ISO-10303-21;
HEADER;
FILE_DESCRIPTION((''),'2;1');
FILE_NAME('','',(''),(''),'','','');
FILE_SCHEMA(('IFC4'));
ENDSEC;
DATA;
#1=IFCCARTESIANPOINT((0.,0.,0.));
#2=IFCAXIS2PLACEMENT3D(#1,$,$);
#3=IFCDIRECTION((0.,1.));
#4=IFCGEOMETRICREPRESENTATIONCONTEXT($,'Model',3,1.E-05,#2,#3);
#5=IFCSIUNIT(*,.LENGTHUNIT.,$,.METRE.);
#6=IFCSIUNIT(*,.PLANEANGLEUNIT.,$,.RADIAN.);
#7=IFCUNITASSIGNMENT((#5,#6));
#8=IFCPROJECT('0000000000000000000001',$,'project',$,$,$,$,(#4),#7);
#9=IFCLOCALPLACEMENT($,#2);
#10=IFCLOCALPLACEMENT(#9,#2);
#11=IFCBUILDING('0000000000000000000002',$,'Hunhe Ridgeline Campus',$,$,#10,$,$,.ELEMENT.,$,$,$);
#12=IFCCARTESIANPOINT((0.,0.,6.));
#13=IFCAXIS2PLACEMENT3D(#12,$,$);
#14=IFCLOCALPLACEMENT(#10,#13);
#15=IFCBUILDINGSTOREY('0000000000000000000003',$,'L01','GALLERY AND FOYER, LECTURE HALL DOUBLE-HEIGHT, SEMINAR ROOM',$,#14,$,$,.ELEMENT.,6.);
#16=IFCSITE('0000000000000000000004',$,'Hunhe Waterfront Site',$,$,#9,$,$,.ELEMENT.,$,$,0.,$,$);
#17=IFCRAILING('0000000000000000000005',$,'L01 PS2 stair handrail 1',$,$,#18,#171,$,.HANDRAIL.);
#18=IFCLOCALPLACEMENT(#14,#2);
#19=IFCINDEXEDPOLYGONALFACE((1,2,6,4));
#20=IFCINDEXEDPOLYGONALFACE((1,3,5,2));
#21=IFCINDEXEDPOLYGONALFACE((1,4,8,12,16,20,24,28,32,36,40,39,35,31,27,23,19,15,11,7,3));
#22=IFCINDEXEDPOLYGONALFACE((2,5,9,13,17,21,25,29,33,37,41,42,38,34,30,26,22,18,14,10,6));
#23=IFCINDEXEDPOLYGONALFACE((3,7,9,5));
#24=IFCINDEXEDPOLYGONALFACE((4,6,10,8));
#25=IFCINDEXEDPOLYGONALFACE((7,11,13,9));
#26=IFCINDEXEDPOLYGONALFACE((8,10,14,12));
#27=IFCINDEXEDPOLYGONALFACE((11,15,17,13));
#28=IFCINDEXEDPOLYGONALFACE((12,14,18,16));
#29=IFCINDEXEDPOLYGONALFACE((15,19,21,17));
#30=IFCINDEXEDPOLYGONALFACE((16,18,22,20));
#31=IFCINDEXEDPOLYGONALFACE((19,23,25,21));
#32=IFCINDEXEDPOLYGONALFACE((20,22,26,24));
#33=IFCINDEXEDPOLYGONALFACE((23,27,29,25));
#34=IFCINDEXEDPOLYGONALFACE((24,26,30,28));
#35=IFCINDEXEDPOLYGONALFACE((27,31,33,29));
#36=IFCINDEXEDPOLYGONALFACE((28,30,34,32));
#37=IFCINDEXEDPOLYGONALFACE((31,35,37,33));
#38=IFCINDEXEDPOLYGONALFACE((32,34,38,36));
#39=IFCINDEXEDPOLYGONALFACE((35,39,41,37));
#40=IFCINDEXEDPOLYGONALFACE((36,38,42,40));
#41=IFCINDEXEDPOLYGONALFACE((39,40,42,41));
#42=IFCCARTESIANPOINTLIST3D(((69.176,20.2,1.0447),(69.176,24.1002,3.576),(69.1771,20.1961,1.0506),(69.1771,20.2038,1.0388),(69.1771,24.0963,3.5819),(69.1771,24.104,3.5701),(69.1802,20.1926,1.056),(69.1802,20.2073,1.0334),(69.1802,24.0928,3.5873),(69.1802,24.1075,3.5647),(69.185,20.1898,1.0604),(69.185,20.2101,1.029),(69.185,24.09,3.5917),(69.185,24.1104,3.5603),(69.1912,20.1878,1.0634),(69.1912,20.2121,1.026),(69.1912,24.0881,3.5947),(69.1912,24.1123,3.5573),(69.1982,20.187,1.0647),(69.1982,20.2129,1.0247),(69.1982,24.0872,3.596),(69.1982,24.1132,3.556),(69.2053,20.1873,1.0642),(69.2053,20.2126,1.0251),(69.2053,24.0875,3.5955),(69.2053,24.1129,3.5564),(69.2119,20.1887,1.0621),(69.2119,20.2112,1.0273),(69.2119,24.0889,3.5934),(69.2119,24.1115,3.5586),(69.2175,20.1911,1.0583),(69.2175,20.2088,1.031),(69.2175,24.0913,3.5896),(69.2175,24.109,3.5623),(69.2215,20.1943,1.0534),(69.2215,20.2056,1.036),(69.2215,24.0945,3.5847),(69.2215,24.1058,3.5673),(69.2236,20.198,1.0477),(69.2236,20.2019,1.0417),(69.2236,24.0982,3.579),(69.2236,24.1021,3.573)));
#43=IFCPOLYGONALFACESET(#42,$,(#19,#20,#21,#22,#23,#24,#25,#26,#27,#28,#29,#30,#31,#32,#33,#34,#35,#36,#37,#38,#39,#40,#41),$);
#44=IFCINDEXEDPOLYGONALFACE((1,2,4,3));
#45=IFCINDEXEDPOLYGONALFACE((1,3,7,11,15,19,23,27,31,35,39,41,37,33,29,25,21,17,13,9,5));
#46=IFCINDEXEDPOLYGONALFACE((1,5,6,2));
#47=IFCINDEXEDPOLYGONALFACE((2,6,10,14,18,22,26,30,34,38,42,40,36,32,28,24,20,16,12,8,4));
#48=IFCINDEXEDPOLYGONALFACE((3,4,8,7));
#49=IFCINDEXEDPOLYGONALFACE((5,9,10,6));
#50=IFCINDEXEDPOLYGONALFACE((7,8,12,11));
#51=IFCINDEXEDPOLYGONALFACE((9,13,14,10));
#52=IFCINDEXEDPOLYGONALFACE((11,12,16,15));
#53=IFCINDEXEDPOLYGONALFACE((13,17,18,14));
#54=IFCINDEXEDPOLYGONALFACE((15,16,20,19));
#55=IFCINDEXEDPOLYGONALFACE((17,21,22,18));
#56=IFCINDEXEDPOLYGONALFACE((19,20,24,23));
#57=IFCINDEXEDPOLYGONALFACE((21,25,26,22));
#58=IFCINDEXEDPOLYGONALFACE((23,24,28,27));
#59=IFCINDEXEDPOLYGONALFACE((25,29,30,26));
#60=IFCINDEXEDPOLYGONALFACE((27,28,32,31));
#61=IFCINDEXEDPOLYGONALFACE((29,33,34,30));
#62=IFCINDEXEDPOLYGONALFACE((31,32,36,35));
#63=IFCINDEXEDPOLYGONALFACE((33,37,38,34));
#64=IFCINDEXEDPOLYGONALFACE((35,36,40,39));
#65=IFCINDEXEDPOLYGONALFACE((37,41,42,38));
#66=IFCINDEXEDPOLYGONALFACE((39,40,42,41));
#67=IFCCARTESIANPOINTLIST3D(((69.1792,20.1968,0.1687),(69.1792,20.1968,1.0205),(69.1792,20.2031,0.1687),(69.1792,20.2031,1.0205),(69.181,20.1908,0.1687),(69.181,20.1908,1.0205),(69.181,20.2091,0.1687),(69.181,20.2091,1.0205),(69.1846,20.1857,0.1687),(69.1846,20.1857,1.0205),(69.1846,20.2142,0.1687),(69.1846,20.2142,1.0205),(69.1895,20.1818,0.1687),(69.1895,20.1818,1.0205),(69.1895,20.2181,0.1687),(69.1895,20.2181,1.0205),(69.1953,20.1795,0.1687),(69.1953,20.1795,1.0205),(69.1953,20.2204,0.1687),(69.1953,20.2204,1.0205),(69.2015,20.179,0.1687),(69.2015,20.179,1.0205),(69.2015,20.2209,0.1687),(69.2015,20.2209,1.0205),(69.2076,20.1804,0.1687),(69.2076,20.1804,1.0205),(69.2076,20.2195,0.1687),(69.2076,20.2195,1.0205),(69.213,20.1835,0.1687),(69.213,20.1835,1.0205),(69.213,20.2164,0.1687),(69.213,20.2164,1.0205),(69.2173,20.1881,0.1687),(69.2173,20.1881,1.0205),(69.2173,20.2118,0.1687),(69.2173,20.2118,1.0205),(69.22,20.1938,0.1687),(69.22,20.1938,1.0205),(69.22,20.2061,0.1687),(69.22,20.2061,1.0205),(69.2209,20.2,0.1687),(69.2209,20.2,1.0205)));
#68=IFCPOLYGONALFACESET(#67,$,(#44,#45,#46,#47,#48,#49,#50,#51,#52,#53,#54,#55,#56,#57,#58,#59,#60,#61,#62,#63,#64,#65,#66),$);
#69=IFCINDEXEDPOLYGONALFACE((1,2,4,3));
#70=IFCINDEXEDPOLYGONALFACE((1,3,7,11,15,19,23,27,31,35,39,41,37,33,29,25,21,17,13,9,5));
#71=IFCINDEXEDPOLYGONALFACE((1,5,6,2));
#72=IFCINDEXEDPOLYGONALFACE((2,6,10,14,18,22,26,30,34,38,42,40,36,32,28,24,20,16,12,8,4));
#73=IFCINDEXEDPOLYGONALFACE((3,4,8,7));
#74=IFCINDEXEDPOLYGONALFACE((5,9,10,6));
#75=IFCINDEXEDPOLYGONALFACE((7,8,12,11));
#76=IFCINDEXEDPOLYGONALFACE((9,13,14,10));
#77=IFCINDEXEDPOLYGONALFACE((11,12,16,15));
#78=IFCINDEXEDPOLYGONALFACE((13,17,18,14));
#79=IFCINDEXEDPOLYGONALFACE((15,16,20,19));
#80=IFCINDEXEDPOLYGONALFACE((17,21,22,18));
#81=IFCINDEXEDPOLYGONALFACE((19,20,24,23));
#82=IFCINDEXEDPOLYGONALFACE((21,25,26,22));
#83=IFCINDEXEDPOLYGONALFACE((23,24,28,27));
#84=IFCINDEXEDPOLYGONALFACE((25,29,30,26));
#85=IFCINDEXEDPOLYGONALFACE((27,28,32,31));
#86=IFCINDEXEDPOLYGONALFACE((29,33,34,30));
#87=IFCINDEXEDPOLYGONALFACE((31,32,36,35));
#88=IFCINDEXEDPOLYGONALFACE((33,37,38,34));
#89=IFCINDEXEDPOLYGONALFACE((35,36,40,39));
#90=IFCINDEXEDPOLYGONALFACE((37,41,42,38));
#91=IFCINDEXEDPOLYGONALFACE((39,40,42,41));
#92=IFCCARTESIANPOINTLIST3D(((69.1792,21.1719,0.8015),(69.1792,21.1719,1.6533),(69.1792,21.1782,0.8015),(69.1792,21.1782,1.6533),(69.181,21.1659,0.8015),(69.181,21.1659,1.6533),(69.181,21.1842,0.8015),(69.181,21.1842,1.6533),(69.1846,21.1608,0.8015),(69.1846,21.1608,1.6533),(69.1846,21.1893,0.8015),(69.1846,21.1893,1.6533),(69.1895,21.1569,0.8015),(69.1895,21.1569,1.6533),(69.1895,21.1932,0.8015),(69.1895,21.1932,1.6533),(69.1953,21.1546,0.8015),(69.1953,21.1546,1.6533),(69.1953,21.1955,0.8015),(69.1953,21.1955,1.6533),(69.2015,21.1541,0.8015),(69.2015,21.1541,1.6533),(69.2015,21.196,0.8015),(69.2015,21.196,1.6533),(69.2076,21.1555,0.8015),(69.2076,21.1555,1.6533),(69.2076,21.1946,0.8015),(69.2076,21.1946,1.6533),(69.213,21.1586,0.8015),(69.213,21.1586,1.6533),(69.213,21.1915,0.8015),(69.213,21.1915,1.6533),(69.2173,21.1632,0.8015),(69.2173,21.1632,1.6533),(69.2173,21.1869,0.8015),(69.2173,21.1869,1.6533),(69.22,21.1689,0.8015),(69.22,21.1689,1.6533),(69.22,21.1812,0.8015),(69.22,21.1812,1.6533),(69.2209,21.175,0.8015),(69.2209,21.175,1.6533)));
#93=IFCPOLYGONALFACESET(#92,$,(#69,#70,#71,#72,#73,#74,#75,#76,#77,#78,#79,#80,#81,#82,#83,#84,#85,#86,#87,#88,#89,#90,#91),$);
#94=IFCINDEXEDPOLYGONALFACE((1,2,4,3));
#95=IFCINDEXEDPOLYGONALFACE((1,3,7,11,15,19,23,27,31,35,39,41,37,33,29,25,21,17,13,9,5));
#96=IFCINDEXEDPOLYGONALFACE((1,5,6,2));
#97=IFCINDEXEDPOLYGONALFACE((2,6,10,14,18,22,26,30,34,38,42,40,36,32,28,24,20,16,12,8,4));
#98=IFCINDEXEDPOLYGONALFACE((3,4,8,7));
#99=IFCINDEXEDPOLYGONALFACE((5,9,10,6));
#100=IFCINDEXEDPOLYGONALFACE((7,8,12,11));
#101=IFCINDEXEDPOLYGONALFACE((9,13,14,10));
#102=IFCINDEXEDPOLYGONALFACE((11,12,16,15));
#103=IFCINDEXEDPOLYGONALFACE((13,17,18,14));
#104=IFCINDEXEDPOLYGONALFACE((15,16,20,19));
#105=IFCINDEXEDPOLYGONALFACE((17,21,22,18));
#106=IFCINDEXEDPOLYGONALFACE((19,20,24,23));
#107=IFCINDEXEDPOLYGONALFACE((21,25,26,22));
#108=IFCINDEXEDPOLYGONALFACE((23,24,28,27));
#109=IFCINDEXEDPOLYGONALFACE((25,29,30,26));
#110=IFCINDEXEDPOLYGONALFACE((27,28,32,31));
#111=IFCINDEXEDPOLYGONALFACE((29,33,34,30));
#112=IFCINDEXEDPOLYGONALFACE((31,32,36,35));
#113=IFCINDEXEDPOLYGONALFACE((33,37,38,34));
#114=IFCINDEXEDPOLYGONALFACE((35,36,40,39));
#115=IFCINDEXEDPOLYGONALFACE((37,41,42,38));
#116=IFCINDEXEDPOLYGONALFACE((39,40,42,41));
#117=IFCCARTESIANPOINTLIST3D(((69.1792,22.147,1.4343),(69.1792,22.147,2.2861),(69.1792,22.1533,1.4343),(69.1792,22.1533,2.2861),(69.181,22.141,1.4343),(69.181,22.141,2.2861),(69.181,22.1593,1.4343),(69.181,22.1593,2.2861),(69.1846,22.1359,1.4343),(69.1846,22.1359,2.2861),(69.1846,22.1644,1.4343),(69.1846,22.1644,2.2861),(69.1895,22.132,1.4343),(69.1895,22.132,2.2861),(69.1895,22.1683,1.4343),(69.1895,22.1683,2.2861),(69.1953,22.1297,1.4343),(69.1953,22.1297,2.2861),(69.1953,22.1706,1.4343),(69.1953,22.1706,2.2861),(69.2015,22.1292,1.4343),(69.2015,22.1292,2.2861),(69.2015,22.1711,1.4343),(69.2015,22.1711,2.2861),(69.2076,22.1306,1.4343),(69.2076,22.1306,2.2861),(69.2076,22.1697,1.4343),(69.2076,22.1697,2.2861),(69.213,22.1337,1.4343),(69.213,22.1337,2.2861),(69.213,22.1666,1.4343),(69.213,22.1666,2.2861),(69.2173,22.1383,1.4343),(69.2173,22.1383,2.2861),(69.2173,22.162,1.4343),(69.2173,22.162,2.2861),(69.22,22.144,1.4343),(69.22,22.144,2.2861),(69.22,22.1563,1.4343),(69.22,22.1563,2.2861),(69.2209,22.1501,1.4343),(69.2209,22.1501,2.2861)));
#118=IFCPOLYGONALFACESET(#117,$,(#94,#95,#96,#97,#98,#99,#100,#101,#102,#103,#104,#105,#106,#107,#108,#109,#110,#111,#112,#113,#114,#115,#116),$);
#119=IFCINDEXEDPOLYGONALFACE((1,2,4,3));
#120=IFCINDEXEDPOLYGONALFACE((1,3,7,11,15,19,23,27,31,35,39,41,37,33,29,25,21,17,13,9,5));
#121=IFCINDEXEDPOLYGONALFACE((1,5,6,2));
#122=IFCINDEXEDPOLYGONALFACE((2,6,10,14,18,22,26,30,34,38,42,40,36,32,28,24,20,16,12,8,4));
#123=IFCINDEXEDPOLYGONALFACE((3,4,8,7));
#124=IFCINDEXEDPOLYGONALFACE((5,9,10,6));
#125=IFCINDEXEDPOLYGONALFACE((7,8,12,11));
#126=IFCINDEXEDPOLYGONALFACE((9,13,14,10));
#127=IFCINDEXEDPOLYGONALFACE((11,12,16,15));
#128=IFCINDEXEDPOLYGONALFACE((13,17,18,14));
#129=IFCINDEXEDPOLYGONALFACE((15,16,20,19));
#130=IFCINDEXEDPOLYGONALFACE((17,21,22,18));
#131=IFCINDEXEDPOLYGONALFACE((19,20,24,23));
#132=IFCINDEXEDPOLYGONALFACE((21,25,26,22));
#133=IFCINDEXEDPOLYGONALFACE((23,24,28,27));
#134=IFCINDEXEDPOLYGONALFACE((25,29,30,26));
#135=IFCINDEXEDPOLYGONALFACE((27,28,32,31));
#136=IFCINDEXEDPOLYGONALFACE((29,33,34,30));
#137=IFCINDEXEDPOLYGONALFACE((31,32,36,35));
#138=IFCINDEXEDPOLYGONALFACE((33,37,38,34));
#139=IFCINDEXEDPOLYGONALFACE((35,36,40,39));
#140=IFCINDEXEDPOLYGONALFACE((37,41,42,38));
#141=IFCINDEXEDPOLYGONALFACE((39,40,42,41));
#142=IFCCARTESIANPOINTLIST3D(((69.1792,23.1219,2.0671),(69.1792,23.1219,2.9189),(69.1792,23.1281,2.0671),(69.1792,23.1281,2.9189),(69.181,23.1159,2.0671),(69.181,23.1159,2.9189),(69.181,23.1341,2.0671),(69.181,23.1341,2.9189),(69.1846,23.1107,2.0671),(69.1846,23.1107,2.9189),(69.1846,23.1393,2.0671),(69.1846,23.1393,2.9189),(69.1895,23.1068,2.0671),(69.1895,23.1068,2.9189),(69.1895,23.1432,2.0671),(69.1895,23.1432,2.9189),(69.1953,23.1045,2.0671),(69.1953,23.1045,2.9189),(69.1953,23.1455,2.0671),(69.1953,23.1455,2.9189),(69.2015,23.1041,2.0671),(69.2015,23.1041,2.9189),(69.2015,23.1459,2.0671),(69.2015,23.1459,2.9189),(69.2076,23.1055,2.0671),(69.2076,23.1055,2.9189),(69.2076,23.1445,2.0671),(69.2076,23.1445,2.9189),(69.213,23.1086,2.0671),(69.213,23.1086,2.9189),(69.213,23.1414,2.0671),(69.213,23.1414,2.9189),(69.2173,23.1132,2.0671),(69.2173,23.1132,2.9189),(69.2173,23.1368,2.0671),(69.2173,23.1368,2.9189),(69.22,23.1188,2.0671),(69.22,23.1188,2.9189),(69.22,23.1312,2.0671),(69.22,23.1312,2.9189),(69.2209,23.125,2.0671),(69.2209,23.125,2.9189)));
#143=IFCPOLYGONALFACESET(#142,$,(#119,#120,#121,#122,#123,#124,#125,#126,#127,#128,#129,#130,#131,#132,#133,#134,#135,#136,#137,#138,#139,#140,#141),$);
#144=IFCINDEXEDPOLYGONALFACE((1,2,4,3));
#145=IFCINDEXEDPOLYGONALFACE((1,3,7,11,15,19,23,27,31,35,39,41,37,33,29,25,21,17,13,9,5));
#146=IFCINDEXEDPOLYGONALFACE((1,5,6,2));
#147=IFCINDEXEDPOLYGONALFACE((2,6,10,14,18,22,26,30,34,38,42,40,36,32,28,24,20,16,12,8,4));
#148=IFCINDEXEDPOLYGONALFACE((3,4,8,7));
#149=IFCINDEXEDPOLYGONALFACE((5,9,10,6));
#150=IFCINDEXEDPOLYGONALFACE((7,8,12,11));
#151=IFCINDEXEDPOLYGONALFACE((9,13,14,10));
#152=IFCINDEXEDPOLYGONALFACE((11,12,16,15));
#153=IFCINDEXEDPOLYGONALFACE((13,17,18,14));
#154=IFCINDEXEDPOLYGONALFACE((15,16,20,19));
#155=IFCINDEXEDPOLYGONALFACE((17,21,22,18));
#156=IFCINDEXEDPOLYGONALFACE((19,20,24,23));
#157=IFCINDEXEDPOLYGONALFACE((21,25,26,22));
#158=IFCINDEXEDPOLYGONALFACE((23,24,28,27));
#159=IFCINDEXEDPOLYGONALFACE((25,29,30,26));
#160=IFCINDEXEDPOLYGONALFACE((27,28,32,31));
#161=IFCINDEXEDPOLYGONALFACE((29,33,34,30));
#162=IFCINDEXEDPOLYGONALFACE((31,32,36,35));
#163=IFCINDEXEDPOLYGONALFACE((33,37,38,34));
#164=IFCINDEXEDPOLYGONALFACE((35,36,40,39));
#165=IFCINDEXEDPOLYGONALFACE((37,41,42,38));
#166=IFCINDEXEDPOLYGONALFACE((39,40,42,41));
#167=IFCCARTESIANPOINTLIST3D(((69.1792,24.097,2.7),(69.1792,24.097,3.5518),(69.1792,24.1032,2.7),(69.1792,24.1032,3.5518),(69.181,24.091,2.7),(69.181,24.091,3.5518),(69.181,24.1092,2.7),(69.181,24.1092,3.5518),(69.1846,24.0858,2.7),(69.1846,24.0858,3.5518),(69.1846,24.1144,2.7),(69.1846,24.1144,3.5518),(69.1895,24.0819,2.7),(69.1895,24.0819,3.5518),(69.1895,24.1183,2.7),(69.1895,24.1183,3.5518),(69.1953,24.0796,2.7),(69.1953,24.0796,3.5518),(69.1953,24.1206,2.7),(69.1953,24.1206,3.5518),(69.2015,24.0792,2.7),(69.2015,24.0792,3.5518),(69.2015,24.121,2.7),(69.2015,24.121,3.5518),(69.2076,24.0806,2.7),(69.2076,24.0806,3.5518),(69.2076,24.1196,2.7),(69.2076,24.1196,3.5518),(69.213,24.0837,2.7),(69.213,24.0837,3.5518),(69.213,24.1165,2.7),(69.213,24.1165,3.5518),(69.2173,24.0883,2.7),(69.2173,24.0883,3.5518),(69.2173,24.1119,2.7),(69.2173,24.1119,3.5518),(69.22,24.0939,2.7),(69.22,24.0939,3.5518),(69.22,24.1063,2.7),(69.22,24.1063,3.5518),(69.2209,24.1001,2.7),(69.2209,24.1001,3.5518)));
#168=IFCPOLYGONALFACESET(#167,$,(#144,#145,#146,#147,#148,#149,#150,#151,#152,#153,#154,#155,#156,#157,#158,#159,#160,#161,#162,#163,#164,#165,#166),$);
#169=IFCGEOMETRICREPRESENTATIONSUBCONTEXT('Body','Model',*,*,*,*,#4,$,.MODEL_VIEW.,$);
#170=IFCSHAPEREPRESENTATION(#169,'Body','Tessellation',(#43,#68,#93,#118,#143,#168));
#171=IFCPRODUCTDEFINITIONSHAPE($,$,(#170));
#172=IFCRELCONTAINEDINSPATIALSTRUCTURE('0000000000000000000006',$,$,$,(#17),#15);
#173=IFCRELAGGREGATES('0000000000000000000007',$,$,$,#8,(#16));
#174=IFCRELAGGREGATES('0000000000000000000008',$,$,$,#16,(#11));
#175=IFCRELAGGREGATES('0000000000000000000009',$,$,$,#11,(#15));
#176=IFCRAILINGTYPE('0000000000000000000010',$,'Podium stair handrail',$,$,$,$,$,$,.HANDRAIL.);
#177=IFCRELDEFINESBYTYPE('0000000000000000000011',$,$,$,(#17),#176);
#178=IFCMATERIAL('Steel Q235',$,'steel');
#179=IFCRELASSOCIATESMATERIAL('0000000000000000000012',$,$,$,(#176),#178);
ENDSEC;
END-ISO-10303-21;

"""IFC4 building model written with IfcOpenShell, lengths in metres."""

from ifc_helpers import new_model, si_unit, direction, frame, origin, origin_2d, place, context, subcontext, project, spatial, circle, extrude, material, type_object, element, save


model = new_model("IFC4")

# Units and contexts
model_context = context("Model", 3, precision=1e-05, world=origin(), true_north=direction((0.0, 1.0)))
body_context = subcontext(model_context, "Body", "Model", "MODEL_VIEW")
ifc_project = project(units=[si_unit("LENGTHUNIT", "METRE"), si_unit("PLANEANGLEUNIT", "RADIAN")], contexts=[model_context])

# Site, building, storey
site_placement = place(None, origin())
site = spatial("IfcSite", under=ifc_project, at=site_placement, Name="Hunhe Waterfront Site", CompositionType="ELEMENT", RefElevation=0.0)
building_placement = place(site_placement, origin())
building = spatial("IfcBuilding", under=site, at=building_placement, Name="Hunhe Ridgeline Campus", CompositionType="ELEMENT")
storey_placement = place(building_placement, frame((0.0, 0.0, 6.0)))
storey = spatial("IfcBuildingStorey", under=building, at=storey_placement, Name="L01", Description="GALLERY AND FOYER, LECTURE HALL DOUBLE-HEIGHT, SEMINAR ROOM", CompositionType="ELEMENT", Elevation=6.0)

# Shared definitions
ifc_material_1 = material(Name="Steel Q235", Category="steel")

# Railing
railing_type_1 = type_object("IfcRailingType", Name="Podium stair handrail", PredefinedType="HANDRAIL", material=ifc_material_1)
railing_1_placement = place(storey_placement, frame((69.2, 20.2, 0.1687)))
element("IfcRailing", 1, at=railing_1_placement, inside=storey, type_object=railing_type_1, Name="L01 PS2 stair handrail 1", PredefinedType="HANDRAIL", context=body_context, shape_type="SweptSolid", body=[
    extrude(circle(Radius=0.0239, at=origin_2d()), frame((0.0, 0.0, 0.876), z_axis=(0.0, 0.838821, 0.544407), x_axis=(-1.0, 0.0, 0.0)), (0.0, 0.0, 1.0), 4.6497),
    extrude(circle(Radius=0.021, at=origin_2d()), origin(), (0.0, 0.0, 1.0), 0.8518),
    extrude(circle(Radius=0.021, at=origin_2d()), frame((0.0, 0.9751, 0.6328)), (0.0, 0.0, 1.0), 0.8518),
    extrude(circle(Radius=0.021, at=origin_2d()), frame((0.0, 1.9502, 1.2656)), (0.0, 0.0, 1.0), 0.8518),
    extrude(circle(Radius=0.021, at=origin_2d()), frame((0.0, 2.925, 1.8984)), (0.0, 0.0, 1.0), 0.8518),
    extrude(circle(Radius=0.021, at=origin_2d()), frame((0.0, 3.9001, 2.5312)), (0.0, 0.0, 1.0), 0.8518),
])

save(model, "model.ifc")
